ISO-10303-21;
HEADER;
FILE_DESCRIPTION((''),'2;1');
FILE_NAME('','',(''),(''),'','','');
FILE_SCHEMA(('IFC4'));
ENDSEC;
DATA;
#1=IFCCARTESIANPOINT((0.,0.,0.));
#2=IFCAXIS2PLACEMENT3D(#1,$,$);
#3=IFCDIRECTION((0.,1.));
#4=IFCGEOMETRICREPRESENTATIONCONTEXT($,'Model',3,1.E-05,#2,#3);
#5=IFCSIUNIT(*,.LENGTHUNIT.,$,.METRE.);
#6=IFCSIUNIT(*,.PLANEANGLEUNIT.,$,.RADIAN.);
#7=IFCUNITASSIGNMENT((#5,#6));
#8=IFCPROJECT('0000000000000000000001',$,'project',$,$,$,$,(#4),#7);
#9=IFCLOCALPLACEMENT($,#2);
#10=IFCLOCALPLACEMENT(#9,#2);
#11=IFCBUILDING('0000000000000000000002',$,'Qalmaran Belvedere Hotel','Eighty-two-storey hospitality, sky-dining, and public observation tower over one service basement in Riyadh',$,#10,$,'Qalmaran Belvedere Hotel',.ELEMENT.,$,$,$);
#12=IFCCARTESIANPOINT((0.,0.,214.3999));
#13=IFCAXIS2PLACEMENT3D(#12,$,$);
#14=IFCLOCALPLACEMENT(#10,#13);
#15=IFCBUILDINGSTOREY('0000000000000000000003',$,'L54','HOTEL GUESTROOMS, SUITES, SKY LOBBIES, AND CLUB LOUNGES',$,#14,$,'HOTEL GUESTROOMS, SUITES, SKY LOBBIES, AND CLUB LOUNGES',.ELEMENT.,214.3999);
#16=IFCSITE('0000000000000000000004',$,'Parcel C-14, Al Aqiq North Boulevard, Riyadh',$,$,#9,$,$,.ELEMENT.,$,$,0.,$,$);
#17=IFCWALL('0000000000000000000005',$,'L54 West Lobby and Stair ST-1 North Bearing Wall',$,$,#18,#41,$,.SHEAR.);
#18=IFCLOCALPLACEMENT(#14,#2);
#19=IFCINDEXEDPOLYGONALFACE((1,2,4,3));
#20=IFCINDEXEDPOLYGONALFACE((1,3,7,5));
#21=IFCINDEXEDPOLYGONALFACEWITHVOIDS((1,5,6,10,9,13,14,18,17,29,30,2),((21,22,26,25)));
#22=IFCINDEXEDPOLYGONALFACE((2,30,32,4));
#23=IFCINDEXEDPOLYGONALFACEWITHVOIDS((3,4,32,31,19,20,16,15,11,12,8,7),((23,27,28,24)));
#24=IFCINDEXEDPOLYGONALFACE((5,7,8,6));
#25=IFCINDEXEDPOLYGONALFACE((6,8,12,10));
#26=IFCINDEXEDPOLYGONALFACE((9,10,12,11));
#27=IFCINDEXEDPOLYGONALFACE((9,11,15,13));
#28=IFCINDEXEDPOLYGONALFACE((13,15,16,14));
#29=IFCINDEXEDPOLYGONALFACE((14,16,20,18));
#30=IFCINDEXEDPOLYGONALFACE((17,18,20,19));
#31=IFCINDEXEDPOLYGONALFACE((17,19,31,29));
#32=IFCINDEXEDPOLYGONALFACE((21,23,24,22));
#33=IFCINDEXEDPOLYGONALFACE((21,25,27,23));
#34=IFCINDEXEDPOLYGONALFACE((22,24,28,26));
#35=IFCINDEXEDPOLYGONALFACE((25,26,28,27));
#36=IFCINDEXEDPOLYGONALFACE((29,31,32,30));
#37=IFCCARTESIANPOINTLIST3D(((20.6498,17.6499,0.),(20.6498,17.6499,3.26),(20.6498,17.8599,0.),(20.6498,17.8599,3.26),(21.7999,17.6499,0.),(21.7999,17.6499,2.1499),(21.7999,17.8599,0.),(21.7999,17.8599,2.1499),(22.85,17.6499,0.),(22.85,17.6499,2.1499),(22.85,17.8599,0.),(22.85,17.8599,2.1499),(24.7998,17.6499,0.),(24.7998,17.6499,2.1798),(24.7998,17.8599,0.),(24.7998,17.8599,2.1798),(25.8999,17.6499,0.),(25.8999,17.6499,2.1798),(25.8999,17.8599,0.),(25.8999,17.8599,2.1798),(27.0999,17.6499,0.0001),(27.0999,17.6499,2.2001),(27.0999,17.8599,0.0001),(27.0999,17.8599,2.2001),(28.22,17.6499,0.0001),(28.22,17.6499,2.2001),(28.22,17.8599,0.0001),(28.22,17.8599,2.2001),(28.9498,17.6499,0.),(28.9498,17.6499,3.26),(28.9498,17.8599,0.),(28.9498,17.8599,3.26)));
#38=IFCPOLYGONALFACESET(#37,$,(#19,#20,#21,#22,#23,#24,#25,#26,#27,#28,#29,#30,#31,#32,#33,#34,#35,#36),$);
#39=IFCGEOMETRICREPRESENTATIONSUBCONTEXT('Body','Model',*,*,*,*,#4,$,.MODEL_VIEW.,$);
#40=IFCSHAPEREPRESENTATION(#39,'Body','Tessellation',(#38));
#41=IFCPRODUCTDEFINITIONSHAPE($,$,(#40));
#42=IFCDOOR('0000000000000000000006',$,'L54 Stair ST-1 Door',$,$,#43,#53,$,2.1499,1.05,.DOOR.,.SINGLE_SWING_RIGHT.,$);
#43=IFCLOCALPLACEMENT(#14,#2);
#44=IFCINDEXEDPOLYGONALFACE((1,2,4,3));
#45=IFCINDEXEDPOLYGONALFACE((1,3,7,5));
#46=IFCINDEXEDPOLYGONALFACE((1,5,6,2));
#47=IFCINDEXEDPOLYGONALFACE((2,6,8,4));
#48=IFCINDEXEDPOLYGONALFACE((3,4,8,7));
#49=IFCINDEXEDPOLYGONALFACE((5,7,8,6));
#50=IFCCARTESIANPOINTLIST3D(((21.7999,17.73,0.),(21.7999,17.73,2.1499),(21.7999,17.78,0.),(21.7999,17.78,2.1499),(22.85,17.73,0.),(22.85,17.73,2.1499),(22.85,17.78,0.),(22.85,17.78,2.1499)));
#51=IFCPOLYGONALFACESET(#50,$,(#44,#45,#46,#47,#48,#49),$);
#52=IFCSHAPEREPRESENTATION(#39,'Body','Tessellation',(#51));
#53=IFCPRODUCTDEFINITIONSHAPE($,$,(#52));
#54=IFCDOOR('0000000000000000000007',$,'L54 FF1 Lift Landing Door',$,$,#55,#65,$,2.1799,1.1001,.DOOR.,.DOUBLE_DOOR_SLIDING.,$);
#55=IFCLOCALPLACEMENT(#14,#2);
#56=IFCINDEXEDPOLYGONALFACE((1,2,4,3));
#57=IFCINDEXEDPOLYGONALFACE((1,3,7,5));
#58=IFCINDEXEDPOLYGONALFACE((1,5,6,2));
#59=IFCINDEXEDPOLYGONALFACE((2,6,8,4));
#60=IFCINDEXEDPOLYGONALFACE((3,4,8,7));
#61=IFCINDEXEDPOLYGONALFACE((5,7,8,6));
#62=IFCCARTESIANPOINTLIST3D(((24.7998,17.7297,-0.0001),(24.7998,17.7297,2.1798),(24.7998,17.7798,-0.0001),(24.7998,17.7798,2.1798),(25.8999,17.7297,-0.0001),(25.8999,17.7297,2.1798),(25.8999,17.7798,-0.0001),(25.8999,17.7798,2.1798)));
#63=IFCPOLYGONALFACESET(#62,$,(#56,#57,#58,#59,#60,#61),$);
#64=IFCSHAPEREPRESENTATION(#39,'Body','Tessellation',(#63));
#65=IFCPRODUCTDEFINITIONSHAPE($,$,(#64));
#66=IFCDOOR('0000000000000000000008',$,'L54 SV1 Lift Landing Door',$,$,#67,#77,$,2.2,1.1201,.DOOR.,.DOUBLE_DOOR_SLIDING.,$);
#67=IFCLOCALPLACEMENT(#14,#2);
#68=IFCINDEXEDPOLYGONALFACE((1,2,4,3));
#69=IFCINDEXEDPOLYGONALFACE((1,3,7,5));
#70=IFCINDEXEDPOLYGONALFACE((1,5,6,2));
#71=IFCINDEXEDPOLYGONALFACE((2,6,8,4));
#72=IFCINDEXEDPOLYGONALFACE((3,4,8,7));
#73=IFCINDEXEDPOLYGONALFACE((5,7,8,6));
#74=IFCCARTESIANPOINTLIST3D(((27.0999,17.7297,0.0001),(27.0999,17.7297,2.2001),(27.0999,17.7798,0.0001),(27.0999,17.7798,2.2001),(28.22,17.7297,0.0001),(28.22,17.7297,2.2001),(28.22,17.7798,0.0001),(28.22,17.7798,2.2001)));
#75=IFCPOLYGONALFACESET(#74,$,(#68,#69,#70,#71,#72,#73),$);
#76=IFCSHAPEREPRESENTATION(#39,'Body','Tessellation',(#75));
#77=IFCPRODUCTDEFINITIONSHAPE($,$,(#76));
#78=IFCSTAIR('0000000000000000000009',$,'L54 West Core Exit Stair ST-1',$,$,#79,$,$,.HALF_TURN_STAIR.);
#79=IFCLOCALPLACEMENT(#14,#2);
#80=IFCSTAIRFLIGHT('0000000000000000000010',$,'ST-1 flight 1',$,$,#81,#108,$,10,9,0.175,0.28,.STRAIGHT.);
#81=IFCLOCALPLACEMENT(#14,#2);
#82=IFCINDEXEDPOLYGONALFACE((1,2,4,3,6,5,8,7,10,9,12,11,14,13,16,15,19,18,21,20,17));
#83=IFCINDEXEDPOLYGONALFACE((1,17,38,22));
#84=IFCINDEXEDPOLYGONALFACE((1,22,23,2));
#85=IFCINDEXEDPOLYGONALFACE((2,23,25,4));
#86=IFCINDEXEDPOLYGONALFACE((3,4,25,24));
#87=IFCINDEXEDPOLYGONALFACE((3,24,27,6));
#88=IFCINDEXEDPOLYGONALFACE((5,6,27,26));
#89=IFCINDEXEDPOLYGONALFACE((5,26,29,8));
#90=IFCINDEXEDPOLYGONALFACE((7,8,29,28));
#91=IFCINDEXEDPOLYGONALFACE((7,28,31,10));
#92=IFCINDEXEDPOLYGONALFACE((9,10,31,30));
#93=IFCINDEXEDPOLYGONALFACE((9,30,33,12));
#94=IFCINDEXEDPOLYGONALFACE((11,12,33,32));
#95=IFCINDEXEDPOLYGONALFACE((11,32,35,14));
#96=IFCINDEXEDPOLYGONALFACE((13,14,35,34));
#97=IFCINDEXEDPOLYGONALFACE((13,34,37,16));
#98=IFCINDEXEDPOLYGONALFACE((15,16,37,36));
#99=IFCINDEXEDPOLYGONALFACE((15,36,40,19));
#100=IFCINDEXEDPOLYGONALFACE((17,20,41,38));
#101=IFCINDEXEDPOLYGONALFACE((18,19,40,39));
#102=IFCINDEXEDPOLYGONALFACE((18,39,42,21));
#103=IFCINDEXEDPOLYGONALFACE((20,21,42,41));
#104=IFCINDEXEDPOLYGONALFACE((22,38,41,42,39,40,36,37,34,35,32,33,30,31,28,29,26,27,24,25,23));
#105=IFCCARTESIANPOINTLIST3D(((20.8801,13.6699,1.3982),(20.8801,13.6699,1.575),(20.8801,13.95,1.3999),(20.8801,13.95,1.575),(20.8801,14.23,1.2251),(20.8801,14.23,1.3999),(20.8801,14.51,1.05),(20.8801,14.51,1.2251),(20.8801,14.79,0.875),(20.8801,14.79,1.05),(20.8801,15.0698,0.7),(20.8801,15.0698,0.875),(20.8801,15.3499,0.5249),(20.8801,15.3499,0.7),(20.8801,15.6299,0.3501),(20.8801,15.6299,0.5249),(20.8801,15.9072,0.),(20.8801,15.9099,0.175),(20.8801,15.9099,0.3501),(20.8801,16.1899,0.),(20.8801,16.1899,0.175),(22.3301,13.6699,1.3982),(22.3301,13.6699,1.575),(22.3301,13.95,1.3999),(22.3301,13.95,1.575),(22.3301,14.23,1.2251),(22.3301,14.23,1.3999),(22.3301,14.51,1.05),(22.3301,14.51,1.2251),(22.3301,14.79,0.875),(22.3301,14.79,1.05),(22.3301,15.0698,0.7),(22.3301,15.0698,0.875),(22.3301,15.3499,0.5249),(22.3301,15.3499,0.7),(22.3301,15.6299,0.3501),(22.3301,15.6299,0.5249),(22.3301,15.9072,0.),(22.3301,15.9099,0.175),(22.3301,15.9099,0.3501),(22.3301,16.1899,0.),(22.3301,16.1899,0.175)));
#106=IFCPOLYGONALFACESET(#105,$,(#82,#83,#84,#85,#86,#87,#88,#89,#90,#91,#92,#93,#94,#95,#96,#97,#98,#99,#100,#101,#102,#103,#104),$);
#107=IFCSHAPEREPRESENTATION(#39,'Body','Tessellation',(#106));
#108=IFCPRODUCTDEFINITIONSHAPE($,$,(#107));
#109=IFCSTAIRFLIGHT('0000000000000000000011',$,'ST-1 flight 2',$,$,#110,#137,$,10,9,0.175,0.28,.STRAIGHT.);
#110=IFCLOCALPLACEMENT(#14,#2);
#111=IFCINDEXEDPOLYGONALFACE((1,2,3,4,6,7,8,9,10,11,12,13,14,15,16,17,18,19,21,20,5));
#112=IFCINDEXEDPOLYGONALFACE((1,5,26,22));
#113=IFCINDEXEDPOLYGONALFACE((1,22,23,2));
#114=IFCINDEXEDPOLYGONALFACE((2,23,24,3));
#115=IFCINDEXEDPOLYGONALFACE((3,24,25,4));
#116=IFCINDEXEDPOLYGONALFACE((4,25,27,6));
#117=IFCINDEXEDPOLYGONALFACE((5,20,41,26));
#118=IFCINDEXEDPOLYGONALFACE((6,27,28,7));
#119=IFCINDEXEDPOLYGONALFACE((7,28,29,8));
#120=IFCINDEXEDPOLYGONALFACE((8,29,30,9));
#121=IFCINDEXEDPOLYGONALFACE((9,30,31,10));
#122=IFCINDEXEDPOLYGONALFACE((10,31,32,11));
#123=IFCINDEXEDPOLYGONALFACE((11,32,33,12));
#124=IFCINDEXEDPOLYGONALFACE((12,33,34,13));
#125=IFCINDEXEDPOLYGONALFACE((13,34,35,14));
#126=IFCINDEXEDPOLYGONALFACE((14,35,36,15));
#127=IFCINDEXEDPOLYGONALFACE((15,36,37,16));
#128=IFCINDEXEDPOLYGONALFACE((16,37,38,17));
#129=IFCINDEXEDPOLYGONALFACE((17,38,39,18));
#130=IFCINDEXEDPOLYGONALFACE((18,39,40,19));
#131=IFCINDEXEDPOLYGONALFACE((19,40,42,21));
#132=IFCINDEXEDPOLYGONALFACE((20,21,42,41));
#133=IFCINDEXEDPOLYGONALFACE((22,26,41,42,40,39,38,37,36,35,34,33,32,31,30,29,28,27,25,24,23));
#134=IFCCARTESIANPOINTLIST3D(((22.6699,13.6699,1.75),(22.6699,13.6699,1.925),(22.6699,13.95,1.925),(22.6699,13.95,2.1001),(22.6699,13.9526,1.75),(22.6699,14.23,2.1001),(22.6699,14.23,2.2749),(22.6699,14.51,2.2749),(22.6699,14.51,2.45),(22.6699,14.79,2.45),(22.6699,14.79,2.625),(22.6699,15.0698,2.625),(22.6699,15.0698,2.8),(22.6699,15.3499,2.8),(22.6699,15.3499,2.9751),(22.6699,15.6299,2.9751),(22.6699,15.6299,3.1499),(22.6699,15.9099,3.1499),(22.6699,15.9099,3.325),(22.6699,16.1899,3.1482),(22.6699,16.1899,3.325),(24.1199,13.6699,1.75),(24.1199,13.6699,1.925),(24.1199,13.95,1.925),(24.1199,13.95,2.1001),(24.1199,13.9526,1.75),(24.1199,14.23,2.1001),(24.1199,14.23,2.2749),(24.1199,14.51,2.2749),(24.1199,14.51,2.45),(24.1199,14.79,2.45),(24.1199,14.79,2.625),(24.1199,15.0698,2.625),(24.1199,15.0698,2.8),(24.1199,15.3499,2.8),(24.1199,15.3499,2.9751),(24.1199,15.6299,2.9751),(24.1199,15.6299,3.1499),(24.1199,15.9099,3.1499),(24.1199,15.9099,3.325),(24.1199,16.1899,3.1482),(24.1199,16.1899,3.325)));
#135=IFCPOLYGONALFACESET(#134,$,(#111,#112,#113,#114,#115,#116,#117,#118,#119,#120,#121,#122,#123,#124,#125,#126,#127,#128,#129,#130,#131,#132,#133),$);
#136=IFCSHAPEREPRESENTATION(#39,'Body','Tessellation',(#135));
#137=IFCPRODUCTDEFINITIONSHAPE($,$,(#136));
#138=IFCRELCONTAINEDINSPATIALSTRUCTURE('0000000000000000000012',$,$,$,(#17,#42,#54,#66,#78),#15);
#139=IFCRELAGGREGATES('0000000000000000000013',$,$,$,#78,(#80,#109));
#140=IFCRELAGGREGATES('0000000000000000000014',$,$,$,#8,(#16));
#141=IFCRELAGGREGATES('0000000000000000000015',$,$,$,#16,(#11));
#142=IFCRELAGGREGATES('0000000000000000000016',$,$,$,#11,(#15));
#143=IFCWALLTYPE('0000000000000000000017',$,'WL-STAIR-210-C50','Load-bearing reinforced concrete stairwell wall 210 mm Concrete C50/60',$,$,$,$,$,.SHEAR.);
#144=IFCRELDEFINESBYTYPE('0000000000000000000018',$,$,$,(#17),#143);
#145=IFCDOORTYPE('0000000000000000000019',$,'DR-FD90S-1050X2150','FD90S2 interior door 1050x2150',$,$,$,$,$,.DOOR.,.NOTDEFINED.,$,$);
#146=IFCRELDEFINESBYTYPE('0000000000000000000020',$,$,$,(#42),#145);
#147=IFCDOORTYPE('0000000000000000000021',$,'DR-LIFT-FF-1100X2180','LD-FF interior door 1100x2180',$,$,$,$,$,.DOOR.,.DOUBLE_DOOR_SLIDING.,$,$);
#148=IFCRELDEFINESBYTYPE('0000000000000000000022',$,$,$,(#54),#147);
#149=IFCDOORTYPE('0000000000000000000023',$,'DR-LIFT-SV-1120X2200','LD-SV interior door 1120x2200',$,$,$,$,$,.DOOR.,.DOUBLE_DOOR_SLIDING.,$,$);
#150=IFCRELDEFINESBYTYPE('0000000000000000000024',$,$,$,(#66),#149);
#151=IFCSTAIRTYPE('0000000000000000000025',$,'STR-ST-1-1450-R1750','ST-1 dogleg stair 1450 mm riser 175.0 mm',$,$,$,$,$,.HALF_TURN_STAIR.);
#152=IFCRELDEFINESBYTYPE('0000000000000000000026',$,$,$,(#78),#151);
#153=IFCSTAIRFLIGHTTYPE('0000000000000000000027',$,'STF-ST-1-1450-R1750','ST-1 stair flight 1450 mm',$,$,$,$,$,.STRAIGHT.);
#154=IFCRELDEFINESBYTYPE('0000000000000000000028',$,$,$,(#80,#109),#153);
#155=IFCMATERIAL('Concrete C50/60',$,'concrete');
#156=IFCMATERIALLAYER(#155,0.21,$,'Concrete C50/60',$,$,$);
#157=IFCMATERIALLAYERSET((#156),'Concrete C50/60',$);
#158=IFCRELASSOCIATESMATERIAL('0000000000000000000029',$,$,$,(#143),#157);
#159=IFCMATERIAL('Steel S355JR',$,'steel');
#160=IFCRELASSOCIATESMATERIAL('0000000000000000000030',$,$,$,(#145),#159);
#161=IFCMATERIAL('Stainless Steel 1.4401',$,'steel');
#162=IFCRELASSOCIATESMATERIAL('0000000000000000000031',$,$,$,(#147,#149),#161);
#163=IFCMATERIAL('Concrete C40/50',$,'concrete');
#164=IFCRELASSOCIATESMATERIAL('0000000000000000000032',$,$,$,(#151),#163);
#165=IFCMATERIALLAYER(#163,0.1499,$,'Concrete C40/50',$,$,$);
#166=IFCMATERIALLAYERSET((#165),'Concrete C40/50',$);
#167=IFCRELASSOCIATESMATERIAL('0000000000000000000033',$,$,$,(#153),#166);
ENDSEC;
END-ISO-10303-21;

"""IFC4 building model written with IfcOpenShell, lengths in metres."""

from ifc_helpers import new_model, si_unit, direction, frame, frame_2d, origin, place, context, subcontext, project, spatial, polyline, rectangle, outline, extrude, material, layer, layer_set, type_object, element, fill, aggregate, save


model = new_model("IFC4")

# Units and contexts
model_context = context("Model", 3, precision=1e-05, world=origin(), true_north=direction((0.0, 1.0)))
body_context = subcontext(model_context, "Body", "Model", "MODEL_VIEW")
ifc_project = project(units=[si_unit("LENGTHUNIT", "METRE"), si_unit("PLANEANGLEUNIT", "RADIAN")], contexts=[model_context])

# Site, building, storey
site_placement = place(None, origin())
site = spatial("IfcSite", under=ifc_project, at=site_placement, Name="Parcel C-14, Al Aqiq North Boulevard, Riyadh", CompositionType="ELEMENT", RefElevation=0.0)
building_placement = place(site_placement, origin())
building = spatial("IfcBuilding", under=site, at=building_placement, Name="Qalmaran Belvedere Hotel", Description="Eighty-two-storey hospitality, sky-dining, and public observation tower over one service basement in Riyadh", LongName="Qalmaran Belvedere Hotel", CompositionType="ELEMENT")
storey_placement = place(building_placement, frame((0.0, 0.0, 214.3999)))
storey = spatial("IfcBuildingStorey", under=building, at=storey_placement, Name="L54", Description="HOTEL GUESTROOMS, SUITES, SKY LOBBIES, AND CLUB LOUNGES", LongName="HOTEL GUESTROOMS, SUITES, SKY LOBBIES, AND CLUB LOUNGES", CompositionType="ELEMENT", Elevation=214.3999)

# Shared definitions
ifc_material_1 = material(Name="Steel S355JR", Category="steel")

# Wall, openings, doors
ifc_material_2 = material(Name="Concrete C50/60", Category="concrete")
ifc_layer_1 = layer(ifc_material_2, 0.21, Name="Concrete C50/60")
ifc_layer_set_1 = layer_set([ifc_layer_1], Name="Concrete C50/60")
wall_type_1 = type_object("IfcWallType", Name="WL-STAIR-210-C50", Description="Load-bearing reinforced concrete stairwell wall 210 mm Concrete C50/60", PredefinedType="SHEAR", material=ifc_layer_set_1)
wall_1_placement = place(storey_placement, frame((20.6499, 17.7549, 0.0), z_axis=(0.0, 0.0, 1.0), x_axis=(1.0, 0.0, 0.0)))
wall_1 = element("IfcWall", 1, at=wall_1_placement, inside=storey, type_object=wall_type_1, Name="L54 West Lobby and Stair ST-1 North Bearing Wall", PredefinedType="SHEAR", context=body_context, shape_type="SweptSolid", body=[
    extrude(rectangle(XDim=8.3, YDim=0.21, at=frame_2d((4.1499, 0.0))), origin(), (0.0, 0.0, 1.0), 3.26),
])
opening_1_placement = place(wall_1_placement, frame((2.2, 0.0, 0.0), z_axis=(0.0, 0.0, 1.0), x_axis=(-1.0, 0.0, 0.0)))
opening_1 = element("IfcOpeningElement", 2, at=opening_1_placement, cuts=wall_1, PredefinedType="OPENING", context=body_context, shape_type="SweptSolid", body=[
    extrude(rectangle(XDim=1.05, YDim=2.1499, at=frame_2d((0.5249, 1.075))), frame((0.0, 0.115, 0.0), z_axis=(0.0, -1.0, 0.0), x_axis=(1.0, 0.0, 0.0)), (0.0, 0.0, 1.0), 0.23),
])
opening_2_placement = place(wall_1_placement, frame((4.1499, 0.0, 0.0)))
opening_2 = element("IfcOpeningElement", 3, at=opening_2_placement, cuts=wall_1, PredefinedType="OPENING", context=body_context, shape_type="SweptSolid", body=[
    extrude(rectangle(XDim=1.1001, YDim=2.1799, at=frame_2d((0.55, 1.0898))), frame((0.0, 0.115, 0.0), z_axis=(0.0, -1.0, 0.0), x_axis=(1.0, 0.0, 0.0)), (0.0, 0.0, 1.0), 0.23),
])
opening_3_placement = place(wall_1_placement, frame((6.45, 0.0, 0.0)))
opening_3 = element("IfcOpeningElement", 4, at=opening_3_placement, cuts=wall_1, PredefinedType="OPENING", context=body_context, shape_type="SweptSolid", body=[
    extrude(rectangle(XDim=1.1201, YDim=2.2, at=frame_2d((0.5601, 1.1001))), frame((0.0, 0.115, 0.0), z_axis=(0.0, -1.0, 0.0), x_axis=(1.0, 0.0, 0.0)), (0.0, 0.0, 1.0), 0.23),
])
door_type_1 = type_object("IfcDoorType", Name="DR-FD90S-1050X2150", Description="FD90S2 interior door 1050x2150", OperationType="NOTDEFINED", PredefinedType="DOOR", material=ifc_material_1)
door_1_placement = place(opening_1_placement, origin())
door_1 = element("IfcDoor", 5, at=door_1_placement, inside=storey, type_object=door_type_1, Name="L54 Stair ST-1 Door", OperationType="SINGLE_SWING_RIGHT", OverallHeight=2.1499, OverallWidth=1.05, PredefinedType="DOOR", context=body_context, shape_type="SweptSolid", body=[
    extrude(rectangle(XDim=1.05, YDim=2.1499, at=frame_2d((0.5249, 1.075))), frame((0.0, 0.0249, 0.0), z_axis=(0.0, -1.0, 0.0), x_axis=(1.0, 0.0, 0.0)), (0.0, 0.0, 1.0), 0.05),
])
fill(opening_1, door_1)
ifc_material_3 = material(Name="Stainless Steel 1.4401", Category="steel")
door_type_2 = type_object("IfcDoorType", Name="DR-LIFT-FF-1100X2180", Description="LD-FF interior door 1100x2180", OperationType="DOUBLE_DOOR_SLIDING", PredefinedType="DOOR", material=ifc_material_3)
door_2_placement = place(opening_2_placement, origin())
door_2 = element("IfcDoor", 6, at=door_2_placement, inside=storey, type_object=door_type_2, Name="L54 FF1 Lift Landing Door", OperationType="DOUBLE_DOOR_SLIDING", OverallHeight=2.1799, OverallWidth=1.1001, PredefinedType="DOOR", context=body_context, shape_type="SweptSolid", body=[
    extrude(rectangle(XDim=1.1001, YDim=2.1799, at=frame_2d((0.55, 1.0898))), frame((0.0, 0.0249, 0.0), z_axis=(0.0, -1.0, 0.0), x_axis=(1.0, 0.0, 0.0)), (0.0, 0.0, 1.0), 0.05),
])
fill(opening_2, door_2)
door_type_3 = type_object("IfcDoorType", Name="DR-LIFT-SV-1120X2200", Description="LD-SV interior door 1120x2200", OperationType="DOUBLE_DOOR_SLIDING", PredefinedType="DOOR", material=ifc_material_3)
door_3_placement = place(opening_3_placement, origin())
door_3 = element("IfcDoor", 7, at=door_3_placement, inside=storey, type_object=door_type_3, Name="L54 SV1 Lift Landing Door", OperationType="DOUBLE_DOOR_SLIDING", OverallHeight=2.2, OverallWidth=1.1201, PredefinedType="DOOR", context=body_context, shape_type="SweptSolid", body=[
    extrude(rectangle(XDim=1.1201, YDim=2.2, at=frame_2d((0.5601, 1.1001))), frame((0.0, 0.0249, 0.0), z_axis=(0.0, -1.0, 0.0), x_axis=(1.0, 0.0, 0.0)), (0.0, 0.0, 1.0), 0.05),
])
fill(opening_3, door_3)

# Stair, stair flights
ifc_material_4 = material(Name="Concrete C40/50", Category="concrete")
stair_type = type_object("IfcStairType", Name="STR-ST-1-1450-R1750", Description="ST-1 dogleg stair 1450 mm riser 175.0 mm", PredefinedType="HALF_TURN_STAIR", material=ifc_material_4)
stair_placement = place(storey_placement, origin())
stair = element("IfcStair", 8, at=stair_placement, inside=storey, type_object=stair_type, Name="L54 West Core Exit Stair ST-1", PredefinedType="HALF_TURN_STAIR")
ifc_layer_2 = layer(ifc_material_4, 0.1499, Name="Concrete C40/50")
ifc_layer_set_2 = layer_set([ifc_layer_2], Name="Concrete C40/50")
stair_flight_type = type_object("IfcStairFlightType", Name="STF-ST-1-1450-R1750", Description="ST-1 stair flight 1450 mm", PredefinedType="STRAIGHT", material=ifc_layer_set_2)
stair_flight_1_placement = place(storey_placement, frame((21.605, 16.1899, 0.0), z_axis=(0.0, 0.0, 1.0), x_axis=(0.0, -1.0, 0.0)))
stair_flight_1 = element("IfcStairFlight", 9, at=stair_flight_1_placement, type_object=stair_flight_type, Name="ST-1 flight 1", NumberOfRisers=10, NumberOfTreads=9, PredefinedType="STRAIGHT", RiserHeight=0.175, TreadLength=0.28, context=body_context, shape_type="SweptSolid", body=[
    extrude(outline(polyline([(0.0, 0.0), (0.0, 0.175), (0.28, 0.175), (0.28, 0.3501), (0.5601, 0.3501), (0.5601, 0.5249), (0.8401, 0.5249), (0.8401, 0.7), (1.1201, 0.7), (1.1201, 0.875), (1.3999, 0.875), (1.3999, 1.05), (1.6799, 1.05), (1.6799, 1.2251), (1.96, 1.2251), (1.96, 1.3999), (2.24, 1.3999), (2.24, 1.575), (2.52, 1.575), (2.52, 1.75), (2.52, 1.3982), (0.2827, 0.0), (0.0, 0.0)])), frame((0.0, 0.7251, 0.0), z_axis=(0.0, -1.0, 0.0), x_axis=(1.0, 0.0, 0.0)), (0.0, 0.0, 1.0), 1.45),
])
stair_flight_2_placement = place(storey_placement, frame((23.395, 13.6699, 1.75), z_axis=(0.0, 0.0, 1.0), x_axis=(0.0, 1.0, 0.0)))
stair_flight_2 = element("IfcStairFlight", 10, at=stair_flight_2_placement, type_object=stair_flight_type, Name="ST-1 flight 2", NumberOfRisers=10, NumberOfTreads=9, PredefinedType="STRAIGHT", RiserHeight=0.175, TreadLength=0.28, context=body_context, shape_type="SweptSolid", body=[
    extrude(outline(polyline([(0.0, 0.0), (0.0, 0.175), (0.28, 0.175), (0.28, 0.3501), (0.5601, 0.3501), (0.5601, 0.5249), (0.8401, 0.5249), (0.8401, 0.7), (1.1201, 0.7), (1.1201, 0.875), (1.3999, 0.875), (1.3999, 1.05), (1.6799, 1.05), (1.6799, 1.2251), (1.96, 1.2251), (1.96, 1.3999), (2.24, 1.3999), (2.24, 1.575), (2.52, 1.575), (2.52, 1.75), (2.52, 1.3982), (0.2827, 0.0), (0.0, 0.0)])), frame((0.0, 0.7251, 0.0), z_axis=(0.0, -1.0, 0.0), x_axis=(1.0, 0.0, 0.0)), (0.0, 0.0, 1.0), 1.45),
])
aggregate(stair, [stair_flight_1, stair_flight_2])

save(model, "model.ifc")
